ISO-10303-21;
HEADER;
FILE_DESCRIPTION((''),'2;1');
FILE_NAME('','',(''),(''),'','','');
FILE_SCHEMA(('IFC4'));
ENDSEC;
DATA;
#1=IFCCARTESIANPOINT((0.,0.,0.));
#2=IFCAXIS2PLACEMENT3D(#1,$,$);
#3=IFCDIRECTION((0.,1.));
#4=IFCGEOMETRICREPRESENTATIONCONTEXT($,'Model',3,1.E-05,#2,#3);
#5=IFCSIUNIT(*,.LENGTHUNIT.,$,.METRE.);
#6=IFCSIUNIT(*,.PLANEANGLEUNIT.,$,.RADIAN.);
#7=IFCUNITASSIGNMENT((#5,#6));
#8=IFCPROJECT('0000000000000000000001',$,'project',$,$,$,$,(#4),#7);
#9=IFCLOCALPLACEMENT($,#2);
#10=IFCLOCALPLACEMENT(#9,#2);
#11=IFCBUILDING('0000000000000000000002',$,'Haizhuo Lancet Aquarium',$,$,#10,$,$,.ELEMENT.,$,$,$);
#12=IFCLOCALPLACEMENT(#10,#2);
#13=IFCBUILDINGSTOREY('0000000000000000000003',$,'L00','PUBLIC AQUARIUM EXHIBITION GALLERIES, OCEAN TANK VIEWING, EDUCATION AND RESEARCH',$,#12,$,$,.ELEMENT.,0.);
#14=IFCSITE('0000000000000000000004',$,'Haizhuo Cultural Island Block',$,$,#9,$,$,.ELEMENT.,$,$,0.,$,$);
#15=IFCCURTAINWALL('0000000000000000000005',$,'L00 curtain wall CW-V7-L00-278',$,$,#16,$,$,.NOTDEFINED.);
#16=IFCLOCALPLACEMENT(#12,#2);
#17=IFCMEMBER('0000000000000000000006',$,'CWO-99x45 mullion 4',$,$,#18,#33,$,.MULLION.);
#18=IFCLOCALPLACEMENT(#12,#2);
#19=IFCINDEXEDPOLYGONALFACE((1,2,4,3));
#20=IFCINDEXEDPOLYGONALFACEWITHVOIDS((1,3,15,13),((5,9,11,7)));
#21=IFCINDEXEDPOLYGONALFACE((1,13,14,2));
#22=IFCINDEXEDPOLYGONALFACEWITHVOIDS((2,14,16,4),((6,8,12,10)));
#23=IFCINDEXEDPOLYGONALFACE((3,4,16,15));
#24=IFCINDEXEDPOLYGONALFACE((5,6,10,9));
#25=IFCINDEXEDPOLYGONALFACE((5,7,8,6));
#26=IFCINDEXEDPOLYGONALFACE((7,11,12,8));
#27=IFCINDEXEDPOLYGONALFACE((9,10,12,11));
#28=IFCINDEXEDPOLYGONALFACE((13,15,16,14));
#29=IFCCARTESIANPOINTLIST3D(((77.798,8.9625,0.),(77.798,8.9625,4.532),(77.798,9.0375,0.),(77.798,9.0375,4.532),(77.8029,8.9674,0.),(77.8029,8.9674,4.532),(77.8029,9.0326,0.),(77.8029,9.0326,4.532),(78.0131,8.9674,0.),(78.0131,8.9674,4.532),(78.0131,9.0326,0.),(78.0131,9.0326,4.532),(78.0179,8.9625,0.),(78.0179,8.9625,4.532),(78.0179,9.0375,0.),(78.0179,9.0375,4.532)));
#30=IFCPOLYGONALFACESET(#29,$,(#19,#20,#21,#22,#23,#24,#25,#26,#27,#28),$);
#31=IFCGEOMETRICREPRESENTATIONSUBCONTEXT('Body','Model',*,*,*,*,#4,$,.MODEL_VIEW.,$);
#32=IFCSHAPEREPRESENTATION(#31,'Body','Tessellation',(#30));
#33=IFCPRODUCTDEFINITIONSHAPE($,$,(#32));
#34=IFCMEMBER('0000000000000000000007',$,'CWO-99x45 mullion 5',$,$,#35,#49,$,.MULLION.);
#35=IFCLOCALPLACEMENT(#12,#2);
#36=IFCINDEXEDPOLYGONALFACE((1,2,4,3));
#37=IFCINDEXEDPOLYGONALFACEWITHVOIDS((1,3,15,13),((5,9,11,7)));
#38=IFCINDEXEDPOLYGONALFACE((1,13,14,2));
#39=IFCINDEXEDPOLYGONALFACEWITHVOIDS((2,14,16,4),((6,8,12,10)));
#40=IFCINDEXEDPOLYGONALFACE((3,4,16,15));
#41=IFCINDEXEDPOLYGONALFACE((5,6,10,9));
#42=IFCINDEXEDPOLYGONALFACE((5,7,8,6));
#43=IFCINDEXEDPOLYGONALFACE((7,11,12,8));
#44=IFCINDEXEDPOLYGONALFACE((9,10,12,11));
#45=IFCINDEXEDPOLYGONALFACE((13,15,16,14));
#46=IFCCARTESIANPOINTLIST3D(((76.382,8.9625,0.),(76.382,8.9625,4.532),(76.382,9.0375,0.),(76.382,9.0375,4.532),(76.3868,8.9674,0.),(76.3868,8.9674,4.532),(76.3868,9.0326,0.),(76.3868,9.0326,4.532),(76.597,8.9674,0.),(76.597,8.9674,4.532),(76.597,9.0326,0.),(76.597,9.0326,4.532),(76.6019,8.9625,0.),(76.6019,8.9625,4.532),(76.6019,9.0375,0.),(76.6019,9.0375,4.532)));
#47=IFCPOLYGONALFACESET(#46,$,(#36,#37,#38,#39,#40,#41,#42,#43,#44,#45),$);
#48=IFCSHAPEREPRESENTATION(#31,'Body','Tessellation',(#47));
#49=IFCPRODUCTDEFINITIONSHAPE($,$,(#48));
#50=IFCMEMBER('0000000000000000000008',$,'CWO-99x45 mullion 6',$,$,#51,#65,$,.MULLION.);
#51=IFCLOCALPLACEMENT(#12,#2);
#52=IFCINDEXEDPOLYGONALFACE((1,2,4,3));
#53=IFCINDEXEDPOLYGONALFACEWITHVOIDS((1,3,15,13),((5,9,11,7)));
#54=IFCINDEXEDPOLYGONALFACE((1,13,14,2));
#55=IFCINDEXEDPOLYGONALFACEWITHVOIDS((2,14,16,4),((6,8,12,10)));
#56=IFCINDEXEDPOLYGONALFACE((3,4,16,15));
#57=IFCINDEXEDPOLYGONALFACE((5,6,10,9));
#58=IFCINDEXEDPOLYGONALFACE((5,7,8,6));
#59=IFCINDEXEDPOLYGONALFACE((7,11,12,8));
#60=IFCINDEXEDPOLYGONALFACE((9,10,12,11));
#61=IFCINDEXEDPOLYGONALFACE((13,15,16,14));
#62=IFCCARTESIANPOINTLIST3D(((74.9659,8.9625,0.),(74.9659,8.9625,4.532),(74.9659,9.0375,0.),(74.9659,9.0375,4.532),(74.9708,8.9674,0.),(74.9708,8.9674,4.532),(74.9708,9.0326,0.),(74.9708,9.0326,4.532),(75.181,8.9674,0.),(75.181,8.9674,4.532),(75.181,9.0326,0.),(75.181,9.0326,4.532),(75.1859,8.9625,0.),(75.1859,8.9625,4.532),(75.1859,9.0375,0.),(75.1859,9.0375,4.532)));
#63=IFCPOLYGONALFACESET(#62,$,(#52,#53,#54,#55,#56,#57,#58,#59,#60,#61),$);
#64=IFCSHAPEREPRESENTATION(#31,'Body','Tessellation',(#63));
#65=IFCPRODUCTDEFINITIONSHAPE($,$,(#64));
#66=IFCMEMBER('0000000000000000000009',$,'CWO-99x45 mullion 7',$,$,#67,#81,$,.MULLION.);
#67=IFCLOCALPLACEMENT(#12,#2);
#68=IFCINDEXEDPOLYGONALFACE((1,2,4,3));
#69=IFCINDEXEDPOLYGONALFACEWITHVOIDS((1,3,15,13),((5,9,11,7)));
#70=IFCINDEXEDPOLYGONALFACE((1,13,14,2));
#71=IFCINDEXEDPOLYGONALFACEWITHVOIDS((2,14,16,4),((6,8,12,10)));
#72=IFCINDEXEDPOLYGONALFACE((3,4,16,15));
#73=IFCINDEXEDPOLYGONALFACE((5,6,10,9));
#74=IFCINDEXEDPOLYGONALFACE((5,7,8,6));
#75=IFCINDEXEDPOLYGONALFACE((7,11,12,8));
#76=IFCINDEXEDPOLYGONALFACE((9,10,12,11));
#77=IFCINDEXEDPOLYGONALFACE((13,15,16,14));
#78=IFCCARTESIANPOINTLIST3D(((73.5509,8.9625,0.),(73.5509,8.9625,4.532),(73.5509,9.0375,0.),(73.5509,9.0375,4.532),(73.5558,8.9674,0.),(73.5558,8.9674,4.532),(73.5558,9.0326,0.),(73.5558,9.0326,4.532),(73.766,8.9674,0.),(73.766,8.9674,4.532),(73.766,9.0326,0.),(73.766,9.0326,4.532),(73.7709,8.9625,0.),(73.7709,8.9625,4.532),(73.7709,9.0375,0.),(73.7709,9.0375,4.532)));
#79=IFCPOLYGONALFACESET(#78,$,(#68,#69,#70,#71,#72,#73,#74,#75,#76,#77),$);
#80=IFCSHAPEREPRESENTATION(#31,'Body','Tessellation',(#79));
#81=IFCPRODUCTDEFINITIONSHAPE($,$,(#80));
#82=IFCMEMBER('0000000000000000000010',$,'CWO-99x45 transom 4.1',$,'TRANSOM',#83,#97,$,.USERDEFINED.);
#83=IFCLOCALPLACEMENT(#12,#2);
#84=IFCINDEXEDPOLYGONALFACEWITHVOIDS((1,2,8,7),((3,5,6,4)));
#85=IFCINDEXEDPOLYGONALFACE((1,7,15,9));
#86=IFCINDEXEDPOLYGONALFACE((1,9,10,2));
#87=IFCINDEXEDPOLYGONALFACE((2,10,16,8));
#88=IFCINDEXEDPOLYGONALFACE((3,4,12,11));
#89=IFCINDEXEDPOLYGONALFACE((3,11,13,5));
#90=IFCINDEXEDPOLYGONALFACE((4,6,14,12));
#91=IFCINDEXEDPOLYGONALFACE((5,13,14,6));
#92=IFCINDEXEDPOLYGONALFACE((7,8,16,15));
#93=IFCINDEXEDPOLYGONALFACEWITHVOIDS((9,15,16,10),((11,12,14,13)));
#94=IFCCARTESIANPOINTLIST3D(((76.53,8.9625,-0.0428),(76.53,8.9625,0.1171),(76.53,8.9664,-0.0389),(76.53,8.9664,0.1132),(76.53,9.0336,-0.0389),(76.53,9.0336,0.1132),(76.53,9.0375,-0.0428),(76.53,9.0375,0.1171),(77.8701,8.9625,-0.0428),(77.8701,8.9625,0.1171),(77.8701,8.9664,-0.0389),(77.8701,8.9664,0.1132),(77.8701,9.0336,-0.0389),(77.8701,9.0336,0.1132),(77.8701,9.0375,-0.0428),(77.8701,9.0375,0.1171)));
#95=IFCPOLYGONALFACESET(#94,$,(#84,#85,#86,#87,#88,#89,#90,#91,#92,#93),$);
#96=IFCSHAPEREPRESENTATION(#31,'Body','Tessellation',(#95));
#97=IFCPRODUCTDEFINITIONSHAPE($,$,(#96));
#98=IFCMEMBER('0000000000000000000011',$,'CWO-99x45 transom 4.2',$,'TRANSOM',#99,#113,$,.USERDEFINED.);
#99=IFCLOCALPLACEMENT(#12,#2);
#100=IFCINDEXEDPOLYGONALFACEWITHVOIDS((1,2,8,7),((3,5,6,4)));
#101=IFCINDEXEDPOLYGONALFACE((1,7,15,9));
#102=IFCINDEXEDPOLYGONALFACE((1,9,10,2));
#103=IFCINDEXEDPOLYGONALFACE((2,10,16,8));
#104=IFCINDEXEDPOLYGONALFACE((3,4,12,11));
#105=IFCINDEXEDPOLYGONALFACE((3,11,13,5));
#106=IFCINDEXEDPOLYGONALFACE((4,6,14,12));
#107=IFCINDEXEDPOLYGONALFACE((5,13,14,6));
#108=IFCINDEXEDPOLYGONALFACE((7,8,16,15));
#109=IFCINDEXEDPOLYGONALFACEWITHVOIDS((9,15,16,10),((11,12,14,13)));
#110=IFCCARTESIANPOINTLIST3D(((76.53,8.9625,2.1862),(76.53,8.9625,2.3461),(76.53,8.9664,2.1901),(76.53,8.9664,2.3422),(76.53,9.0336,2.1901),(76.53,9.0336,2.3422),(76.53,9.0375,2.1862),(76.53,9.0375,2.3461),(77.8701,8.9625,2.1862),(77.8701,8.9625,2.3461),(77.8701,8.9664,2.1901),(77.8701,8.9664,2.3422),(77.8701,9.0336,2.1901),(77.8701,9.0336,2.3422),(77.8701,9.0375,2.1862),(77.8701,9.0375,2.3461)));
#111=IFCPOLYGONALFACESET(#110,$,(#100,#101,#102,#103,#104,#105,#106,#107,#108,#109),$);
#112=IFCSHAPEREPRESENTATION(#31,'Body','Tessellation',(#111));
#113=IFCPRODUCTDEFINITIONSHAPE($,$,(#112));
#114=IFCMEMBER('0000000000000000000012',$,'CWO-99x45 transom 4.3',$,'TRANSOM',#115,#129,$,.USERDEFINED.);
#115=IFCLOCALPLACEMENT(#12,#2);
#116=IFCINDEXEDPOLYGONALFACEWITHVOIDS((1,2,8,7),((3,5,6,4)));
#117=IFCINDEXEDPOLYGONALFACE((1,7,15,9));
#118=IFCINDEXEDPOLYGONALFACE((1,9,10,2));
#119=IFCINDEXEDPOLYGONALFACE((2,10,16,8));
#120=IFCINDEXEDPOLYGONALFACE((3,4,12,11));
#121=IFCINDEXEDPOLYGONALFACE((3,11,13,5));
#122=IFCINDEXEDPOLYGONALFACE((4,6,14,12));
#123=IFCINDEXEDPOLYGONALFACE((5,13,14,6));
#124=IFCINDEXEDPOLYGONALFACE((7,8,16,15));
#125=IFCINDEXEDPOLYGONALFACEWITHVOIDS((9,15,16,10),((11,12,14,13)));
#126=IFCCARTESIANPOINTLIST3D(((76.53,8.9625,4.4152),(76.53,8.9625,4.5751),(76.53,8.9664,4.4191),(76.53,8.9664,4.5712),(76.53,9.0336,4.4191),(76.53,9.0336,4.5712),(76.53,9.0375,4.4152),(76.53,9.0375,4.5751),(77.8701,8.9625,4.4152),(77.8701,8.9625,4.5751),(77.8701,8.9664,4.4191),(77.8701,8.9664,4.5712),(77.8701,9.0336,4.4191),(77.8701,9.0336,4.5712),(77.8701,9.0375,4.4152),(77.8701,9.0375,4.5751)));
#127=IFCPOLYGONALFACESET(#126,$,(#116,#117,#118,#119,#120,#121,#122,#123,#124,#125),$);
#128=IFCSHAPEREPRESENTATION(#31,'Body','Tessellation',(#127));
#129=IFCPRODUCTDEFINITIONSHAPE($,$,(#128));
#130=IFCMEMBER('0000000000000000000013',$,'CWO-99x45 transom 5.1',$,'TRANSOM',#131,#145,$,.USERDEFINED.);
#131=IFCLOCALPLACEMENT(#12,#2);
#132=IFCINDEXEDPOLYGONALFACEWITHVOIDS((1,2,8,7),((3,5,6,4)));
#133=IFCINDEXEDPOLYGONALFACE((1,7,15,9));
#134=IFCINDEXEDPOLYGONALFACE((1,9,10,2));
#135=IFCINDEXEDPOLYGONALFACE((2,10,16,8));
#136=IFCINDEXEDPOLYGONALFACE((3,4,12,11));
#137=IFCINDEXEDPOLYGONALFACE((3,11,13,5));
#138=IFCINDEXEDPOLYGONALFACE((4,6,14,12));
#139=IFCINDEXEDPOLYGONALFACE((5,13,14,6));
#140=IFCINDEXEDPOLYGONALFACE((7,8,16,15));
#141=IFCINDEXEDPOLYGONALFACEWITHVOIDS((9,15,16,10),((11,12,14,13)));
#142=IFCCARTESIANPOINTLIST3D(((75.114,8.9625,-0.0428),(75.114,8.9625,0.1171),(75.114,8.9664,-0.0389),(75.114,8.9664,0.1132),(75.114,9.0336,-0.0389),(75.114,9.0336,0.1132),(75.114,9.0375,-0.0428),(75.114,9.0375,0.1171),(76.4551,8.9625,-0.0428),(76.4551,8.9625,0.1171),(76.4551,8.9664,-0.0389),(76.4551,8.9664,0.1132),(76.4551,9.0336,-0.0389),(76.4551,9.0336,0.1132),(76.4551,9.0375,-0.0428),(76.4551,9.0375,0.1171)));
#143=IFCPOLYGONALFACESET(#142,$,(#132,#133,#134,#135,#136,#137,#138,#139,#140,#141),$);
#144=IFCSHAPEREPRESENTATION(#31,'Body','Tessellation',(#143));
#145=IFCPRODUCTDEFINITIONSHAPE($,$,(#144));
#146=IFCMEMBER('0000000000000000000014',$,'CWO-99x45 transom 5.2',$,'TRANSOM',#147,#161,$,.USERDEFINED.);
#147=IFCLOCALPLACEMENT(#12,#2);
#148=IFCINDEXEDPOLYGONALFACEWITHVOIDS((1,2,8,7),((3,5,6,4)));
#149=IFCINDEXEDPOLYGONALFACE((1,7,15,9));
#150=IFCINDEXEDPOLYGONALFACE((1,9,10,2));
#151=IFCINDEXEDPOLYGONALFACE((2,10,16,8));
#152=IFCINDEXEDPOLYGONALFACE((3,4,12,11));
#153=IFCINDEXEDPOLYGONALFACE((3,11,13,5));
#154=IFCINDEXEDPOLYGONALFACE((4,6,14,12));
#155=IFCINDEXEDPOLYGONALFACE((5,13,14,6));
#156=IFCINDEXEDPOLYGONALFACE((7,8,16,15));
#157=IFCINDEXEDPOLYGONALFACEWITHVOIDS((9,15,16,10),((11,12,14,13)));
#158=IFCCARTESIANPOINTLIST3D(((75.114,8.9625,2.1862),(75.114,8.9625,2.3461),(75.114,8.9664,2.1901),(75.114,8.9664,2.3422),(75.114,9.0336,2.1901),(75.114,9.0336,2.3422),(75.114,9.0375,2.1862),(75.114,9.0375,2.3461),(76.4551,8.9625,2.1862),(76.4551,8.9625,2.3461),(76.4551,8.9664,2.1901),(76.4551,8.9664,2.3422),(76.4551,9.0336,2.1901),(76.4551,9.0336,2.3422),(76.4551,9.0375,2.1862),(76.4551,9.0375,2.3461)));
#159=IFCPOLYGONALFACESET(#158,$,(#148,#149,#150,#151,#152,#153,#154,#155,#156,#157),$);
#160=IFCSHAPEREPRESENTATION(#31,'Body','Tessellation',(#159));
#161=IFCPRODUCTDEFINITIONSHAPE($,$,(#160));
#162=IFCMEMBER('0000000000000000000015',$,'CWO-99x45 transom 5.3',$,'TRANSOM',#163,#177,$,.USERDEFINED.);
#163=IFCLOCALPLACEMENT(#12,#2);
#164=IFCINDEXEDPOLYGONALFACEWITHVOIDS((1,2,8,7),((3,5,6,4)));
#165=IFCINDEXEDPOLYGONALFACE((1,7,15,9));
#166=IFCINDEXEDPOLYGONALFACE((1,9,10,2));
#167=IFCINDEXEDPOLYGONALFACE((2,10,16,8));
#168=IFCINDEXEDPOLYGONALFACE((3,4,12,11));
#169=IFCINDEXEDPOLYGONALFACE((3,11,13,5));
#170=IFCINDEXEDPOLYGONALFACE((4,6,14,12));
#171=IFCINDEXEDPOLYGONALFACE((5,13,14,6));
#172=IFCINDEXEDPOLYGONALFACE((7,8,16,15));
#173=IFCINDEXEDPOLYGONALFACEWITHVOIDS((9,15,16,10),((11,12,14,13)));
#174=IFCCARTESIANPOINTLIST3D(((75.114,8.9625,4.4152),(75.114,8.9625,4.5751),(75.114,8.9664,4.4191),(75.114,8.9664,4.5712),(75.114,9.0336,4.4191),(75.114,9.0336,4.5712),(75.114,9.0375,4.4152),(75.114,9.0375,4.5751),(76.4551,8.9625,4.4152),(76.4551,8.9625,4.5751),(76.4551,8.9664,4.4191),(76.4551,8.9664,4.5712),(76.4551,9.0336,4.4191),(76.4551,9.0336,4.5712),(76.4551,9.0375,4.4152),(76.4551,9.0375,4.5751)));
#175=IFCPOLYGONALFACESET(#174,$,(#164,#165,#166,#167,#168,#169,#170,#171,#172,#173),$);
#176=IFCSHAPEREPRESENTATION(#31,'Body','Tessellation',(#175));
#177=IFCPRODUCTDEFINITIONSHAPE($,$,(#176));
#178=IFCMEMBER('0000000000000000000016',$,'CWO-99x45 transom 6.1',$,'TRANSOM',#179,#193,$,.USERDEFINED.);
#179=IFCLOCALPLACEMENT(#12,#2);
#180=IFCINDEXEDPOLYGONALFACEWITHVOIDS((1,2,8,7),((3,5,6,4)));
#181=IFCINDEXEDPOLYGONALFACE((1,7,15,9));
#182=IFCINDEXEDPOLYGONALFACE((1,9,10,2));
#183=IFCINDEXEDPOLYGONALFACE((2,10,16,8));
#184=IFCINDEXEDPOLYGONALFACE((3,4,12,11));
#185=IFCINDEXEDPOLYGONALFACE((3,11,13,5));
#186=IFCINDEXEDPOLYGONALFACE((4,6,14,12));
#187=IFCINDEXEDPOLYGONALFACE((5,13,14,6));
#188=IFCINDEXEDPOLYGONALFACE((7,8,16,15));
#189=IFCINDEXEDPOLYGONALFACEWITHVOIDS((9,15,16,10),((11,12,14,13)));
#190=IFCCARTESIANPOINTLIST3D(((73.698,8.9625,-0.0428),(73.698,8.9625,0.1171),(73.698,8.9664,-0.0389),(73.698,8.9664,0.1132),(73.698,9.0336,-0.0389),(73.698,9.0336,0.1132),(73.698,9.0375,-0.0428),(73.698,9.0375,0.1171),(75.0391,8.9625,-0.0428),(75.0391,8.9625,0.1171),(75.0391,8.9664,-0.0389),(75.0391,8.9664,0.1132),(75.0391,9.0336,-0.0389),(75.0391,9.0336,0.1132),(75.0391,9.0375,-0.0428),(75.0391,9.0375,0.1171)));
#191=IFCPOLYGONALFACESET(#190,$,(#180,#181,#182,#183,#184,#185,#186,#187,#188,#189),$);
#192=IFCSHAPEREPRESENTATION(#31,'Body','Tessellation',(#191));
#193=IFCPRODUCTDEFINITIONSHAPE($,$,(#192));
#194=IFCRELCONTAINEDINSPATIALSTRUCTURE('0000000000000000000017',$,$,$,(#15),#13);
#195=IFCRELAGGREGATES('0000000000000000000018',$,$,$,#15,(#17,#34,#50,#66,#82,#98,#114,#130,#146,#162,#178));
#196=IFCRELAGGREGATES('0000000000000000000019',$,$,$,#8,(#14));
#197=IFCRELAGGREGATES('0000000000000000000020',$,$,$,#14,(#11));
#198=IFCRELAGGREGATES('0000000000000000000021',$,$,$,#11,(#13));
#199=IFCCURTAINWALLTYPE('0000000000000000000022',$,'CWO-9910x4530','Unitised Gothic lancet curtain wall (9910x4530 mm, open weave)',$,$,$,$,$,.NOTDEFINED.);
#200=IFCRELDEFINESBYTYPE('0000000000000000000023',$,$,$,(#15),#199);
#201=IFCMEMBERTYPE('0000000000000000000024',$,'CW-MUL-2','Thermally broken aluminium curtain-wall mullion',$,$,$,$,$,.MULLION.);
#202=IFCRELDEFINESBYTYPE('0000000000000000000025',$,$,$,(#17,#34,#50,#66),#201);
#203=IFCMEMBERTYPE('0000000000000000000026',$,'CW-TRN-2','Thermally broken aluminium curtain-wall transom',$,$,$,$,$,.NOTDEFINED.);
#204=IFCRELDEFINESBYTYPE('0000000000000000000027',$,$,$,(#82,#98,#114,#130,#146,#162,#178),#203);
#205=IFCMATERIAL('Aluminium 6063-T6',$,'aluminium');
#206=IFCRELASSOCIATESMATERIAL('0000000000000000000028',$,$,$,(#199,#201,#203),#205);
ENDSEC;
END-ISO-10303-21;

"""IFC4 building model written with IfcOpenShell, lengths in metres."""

from ifc_helpers import new_model, si_unit, direction, frame, origin, origin_2d, place, context, subcontext, project, spatial, hollow_rectangle, extrude, material, material_profile, profile_set, type_object, element, aggregate, save


model = new_model("IFC4")

# Units and contexts
model_context = context("Model", 3, precision=1e-05, world=origin(), true_north=direction((0.0, 1.0)))
body_context = subcontext(model_context, "Body", "Model", "MODEL_VIEW")
ifc_project = project(units=[si_unit("LENGTHUNIT", "METRE"), si_unit("PLANEANGLEUNIT", "RADIAN")], contexts=[model_context])

# Site, building, storey
site_placement = place(None, origin())
site = spatial("IfcSite", under=ifc_project, at=site_placement, Name="Haizhuo Cultural Island Block", CompositionType="ELEMENT", RefElevation=0.0)
building_placement = place(site_placement, origin())
building = spatial("IfcBuilding", under=site, at=building_placement, Name="Haizhuo Lancet Aquarium", CompositionType="ELEMENT")
storey_placement = place(building_placement, origin())
storey = spatial("IfcBuildingStorey", under=building, at=storey_placement, Name="L00", Description="PUBLIC AQUARIUM EXHIBITION GALLERIES, OCEAN TANK VIEWING, EDUCATION AND RESEARCH", CompositionType="ELEMENT", Elevation=0.0)

# Curtain wall, members
ifc_material_1 = material(Name="Aluminium 6063-T6", Category="aluminium")
curtain_wall_type = type_object("IfcCurtainWallType", Name="CWO-9910x4530", Description="Unitised Gothic lancet curtain wall (9910x4530 mm, open weave)", PredefinedType="NOTDEFINED", material=ifc_material_1)
curtain_wall_placement = place(storey_placement, origin())
curtain_wall = element("IfcCurtainWall", 1, at=curtain_wall_placement, inside=storey, type_object=curtain_wall_type, Name="L00 curtain wall CW-V7-L00-278", PredefinedType="NOTDEFINED")
ifc_material_profile_1 = material_profile(ifc_material_1, hollow_rectangle(XDim=0.075, YDim=0.22, WallThickness=0.0049, at=origin_2d()), Name="ALU-M 75x220x5")
ifc_profile_set_1 = profile_set([ifc_material_profile_1], Name="Aluminium 6063-T6")
member_type_1 = type_object("IfcMemberType", Name="CW-MUL-2", Description="Thermally broken aluminium curtain-wall mullion", PredefinedType="MULLION", material=ifc_profile_set_1)
member_1_placement = place(storey_placement, frame((77.908, 9.0, 0.0), z_axis=(0.0, 0.0, 1.0), x_axis=(0.0, -1.0, 0.0)))
member_1 = element("IfcMember", 2, at=member_1_placement, type_object=member_type_1, Name="CWO-99x45 mullion 4", PredefinedType="MULLION", context=body_context, shape_type="SweptSolid", body=[
    extrude(hollow_rectangle(XDim=0.075, YDim=0.22, WallThickness=0.0049, at=origin_2d()), origin(), (0.0, 0.0, 1.0), 4.532),
])
member_2_placement = place(storey_placement, frame((76.4919, 9.0, 0.0), z_axis=(0.0, 0.0, 1.0), x_axis=(0.0, -1.0, 0.0)))
member_2 = element("IfcMember", 3, at=member_2_placement, type_object=member_type_1, Name="CWO-99x45 mullion 5", PredefinedType="MULLION", context=body_context, shape_type="SweptSolid", body=[
    extrude(hollow_rectangle(XDim=0.075, YDim=0.22, WallThickness=0.0049, at=origin_2d()), origin(), (0.0, 0.0, 1.0), 4.532),
])
member_3_placement = place(storey_placement, frame((75.0759, 9.0, 0.0), z_axis=(0.0, 0.0, 1.0), x_axis=(0.0, -1.0, 0.0)))
member_3 = element("IfcMember", 4, at=member_3_placement, type_object=member_type_1, Name="CWO-99x45 mullion 6", PredefinedType="MULLION", context=body_context, shape_type="SweptSolid", body=[
    extrude(hollow_rectangle(XDim=0.075, YDim=0.22, WallThickness=0.0049, at=origin_2d()), origin(), (0.0, 0.0, 1.0), 4.532),
])
member_4_placement = place(storey_placement, frame((73.6609, 9.0, 0.0), z_axis=(0.0, 0.0, 1.0), x_axis=(0.0, -1.0, 0.0)))
member_4 = element("IfcMember", 5, at=member_4_placement, type_object=member_type_1, Name="CWO-99x45 mullion 7", PredefinedType="MULLION", context=body_context, shape_type="SweptSolid", body=[
    extrude(hollow_rectangle(XDim=0.075, YDim=0.22, WallThickness=0.0049, at=origin_2d()), origin(), (0.0, 0.0, 1.0), 4.532),
])
ifc_material_profile_2 = material_profile(ifc_material_1, hollow_rectangle(XDim=0.075, YDim=0.1599, WallThickness=0.0039, at=origin_2d()), Name="ALU-T 75x160x4")
ifc_profile_set_2 = profile_set([ifc_material_profile_2], Name="Aluminium 6063-T6")
member_type_2 = type_object("IfcMemberType", Name="CW-TRN-2", Description="Thermally broken aluminium curtain-wall transom", PredefinedType="NOTDEFINED", material=ifc_profile_set_2)
member_5_placement = place(storey_placement, frame((77.8701, 9.0, 0.0371), z_axis=(-1.0, 0.0, 0.0), x_axis=(0.0, -1.0, 0.0)))
member_5 = element("IfcMember", 6, at=member_5_placement, type_object=member_type_2, Name="CWO-99x45 transom 4.1", ObjectType="TRANSOM", PredefinedType="USERDEFINED", context=body_context, shape_type="SweptSolid", body=[
    extrude(hollow_rectangle(XDim=0.075, YDim=0.1599, WallThickness=0.0039, at=origin_2d()), origin(), (0.0, 0.0, 1.0), 1.3401),
])
member_6_placement = place(storey_placement, frame((77.8701, 9.0, 2.2661), z_axis=(-1.0, 0.0, 0.0), x_axis=(0.0, -1.0, 0.0)))
member_6 = element("IfcMember", 7, at=member_6_placement, type_object=member_type_2, Name="CWO-99x45 transom 4.2", ObjectType="TRANSOM", PredefinedType="USERDEFINED", context=body_context, shape_type="SweptSolid", body=[
    extrude(hollow_rectangle(XDim=0.075, YDim=0.1599, WallThickness=0.0039, at=origin_2d()), origin(), (0.0, 0.0, 1.0), 1.3401),
])
member_7_placement = place(storey_placement, frame((77.8701, 9.0, 4.4951), z_axis=(-1.0, 0.0, 0.0), x_axis=(0.0, -1.0, 0.0)))
member_7 = element("IfcMember", 8, at=member_7_placement, type_object=member_type_2, Name="CWO-99x45 transom 4.3", ObjectType="TRANSOM", PredefinedType="USERDEFINED", context=body_context, shape_type="SweptSolid", body=[
    extrude(hollow_rectangle(XDim=0.075, YDim=0.1599, WallThickness=0.0039, at=origin_2d()), origin(), (0.0, 0.0, 1.0), 1.3401),
])
member_8_placement = place(storey_placement, frame((76.4551, 9.0, 0.0371), z_axis=(-1.0, 0.0, 0.0), x_axis=(0.0, -1.0, 0.0)))
member_8 = element("IfcMember", 9, at=member_8_placement, type_object=member_type_2, Name="CWO-99x45 transom 5.1", ObjectType="TRANSOM", PredefinedType="USERDEFINED", context=body_context, shape_type="SweptSolid", body=[
    extrude(hollow_rectangle(XDim=0.075, YDim=0.1599, WallThickness=0.0039, at=origin_2d()), origin(), (0.0, 0.0, 1.0), 1.3411),
])
member_9_placement = place(storey_placement, frame((76.4551, 9.0, 2.2661), z_axis=(-1.0, 0.0, 0.0), x_axis=(0.0, -1.0, 0.0)))
member_9 = element("IfcMember", 10, at=member_9_placement, type_object=member_type_2, Name="CWO-99x45 transom 5.2", ObjectType="TRANSOM", PredefinedType="USERDEFINED", context=body_context, shape_type="SweptSolid", body=[
    extrude(hollow_rectangle(XDim=0.075, YDim=0.1599, WallThickness=0.0039, at=origin_2d()), origin(), (0.0, 0.0, 1.0), 1.3411),
])
member_10_placement = place(storey_placement, frame((76.4551, 9.0, 4.4951), z_axis=(-1.0, 0.0, 0.0), x_axis=(0.0, -1.0, 0.0)))
member_10 = element("IfcMember", 11, at=member_10_placement, type_object=member_type_2, Name="CWO-99x45 transom 5.3", ObjectType="TRANSOM", PredefinedType="USERDEFINED", context=body_context, shape_type="SweptSolid", body=[
    extrude(hollow_rectangle(XDim=0.075, YDim=0.1599, WallThickness=0.0039, at=origin_2d()), origin(), (0.0, 0.0, 1.0), 1.3411),
])
member_11_placement = place(storey_placement, frame((75.0391, 9.0, 0.0371), z_axis=(-1.0, 0.0, 0.0), x_axis=(0.0, -1.0, 0.0)))
member_11 = element("IfcMember", 12, at=member_11_placement, type_object=member_type_2, Name="CWO-99x45 transom 6.1", ObjectType="TRANSOM", PredefinedType="USERDEFINED", context=body_context, shape_type="SweptSolid", body=[
    extrude(hollow_rectangle(XDim=0.075, YDim=0.1599, WallThickness=0.0039, at=origin_2d()), origin(), (0.0, 0.0, 1.0), 1.3411),
])

aggregate(curtain_wall, [member_1, member_2, member_3, member_4, member_5, member_6, member_7, member_8, member_9, member_10, member_11])

save(model, "model.ifc")
